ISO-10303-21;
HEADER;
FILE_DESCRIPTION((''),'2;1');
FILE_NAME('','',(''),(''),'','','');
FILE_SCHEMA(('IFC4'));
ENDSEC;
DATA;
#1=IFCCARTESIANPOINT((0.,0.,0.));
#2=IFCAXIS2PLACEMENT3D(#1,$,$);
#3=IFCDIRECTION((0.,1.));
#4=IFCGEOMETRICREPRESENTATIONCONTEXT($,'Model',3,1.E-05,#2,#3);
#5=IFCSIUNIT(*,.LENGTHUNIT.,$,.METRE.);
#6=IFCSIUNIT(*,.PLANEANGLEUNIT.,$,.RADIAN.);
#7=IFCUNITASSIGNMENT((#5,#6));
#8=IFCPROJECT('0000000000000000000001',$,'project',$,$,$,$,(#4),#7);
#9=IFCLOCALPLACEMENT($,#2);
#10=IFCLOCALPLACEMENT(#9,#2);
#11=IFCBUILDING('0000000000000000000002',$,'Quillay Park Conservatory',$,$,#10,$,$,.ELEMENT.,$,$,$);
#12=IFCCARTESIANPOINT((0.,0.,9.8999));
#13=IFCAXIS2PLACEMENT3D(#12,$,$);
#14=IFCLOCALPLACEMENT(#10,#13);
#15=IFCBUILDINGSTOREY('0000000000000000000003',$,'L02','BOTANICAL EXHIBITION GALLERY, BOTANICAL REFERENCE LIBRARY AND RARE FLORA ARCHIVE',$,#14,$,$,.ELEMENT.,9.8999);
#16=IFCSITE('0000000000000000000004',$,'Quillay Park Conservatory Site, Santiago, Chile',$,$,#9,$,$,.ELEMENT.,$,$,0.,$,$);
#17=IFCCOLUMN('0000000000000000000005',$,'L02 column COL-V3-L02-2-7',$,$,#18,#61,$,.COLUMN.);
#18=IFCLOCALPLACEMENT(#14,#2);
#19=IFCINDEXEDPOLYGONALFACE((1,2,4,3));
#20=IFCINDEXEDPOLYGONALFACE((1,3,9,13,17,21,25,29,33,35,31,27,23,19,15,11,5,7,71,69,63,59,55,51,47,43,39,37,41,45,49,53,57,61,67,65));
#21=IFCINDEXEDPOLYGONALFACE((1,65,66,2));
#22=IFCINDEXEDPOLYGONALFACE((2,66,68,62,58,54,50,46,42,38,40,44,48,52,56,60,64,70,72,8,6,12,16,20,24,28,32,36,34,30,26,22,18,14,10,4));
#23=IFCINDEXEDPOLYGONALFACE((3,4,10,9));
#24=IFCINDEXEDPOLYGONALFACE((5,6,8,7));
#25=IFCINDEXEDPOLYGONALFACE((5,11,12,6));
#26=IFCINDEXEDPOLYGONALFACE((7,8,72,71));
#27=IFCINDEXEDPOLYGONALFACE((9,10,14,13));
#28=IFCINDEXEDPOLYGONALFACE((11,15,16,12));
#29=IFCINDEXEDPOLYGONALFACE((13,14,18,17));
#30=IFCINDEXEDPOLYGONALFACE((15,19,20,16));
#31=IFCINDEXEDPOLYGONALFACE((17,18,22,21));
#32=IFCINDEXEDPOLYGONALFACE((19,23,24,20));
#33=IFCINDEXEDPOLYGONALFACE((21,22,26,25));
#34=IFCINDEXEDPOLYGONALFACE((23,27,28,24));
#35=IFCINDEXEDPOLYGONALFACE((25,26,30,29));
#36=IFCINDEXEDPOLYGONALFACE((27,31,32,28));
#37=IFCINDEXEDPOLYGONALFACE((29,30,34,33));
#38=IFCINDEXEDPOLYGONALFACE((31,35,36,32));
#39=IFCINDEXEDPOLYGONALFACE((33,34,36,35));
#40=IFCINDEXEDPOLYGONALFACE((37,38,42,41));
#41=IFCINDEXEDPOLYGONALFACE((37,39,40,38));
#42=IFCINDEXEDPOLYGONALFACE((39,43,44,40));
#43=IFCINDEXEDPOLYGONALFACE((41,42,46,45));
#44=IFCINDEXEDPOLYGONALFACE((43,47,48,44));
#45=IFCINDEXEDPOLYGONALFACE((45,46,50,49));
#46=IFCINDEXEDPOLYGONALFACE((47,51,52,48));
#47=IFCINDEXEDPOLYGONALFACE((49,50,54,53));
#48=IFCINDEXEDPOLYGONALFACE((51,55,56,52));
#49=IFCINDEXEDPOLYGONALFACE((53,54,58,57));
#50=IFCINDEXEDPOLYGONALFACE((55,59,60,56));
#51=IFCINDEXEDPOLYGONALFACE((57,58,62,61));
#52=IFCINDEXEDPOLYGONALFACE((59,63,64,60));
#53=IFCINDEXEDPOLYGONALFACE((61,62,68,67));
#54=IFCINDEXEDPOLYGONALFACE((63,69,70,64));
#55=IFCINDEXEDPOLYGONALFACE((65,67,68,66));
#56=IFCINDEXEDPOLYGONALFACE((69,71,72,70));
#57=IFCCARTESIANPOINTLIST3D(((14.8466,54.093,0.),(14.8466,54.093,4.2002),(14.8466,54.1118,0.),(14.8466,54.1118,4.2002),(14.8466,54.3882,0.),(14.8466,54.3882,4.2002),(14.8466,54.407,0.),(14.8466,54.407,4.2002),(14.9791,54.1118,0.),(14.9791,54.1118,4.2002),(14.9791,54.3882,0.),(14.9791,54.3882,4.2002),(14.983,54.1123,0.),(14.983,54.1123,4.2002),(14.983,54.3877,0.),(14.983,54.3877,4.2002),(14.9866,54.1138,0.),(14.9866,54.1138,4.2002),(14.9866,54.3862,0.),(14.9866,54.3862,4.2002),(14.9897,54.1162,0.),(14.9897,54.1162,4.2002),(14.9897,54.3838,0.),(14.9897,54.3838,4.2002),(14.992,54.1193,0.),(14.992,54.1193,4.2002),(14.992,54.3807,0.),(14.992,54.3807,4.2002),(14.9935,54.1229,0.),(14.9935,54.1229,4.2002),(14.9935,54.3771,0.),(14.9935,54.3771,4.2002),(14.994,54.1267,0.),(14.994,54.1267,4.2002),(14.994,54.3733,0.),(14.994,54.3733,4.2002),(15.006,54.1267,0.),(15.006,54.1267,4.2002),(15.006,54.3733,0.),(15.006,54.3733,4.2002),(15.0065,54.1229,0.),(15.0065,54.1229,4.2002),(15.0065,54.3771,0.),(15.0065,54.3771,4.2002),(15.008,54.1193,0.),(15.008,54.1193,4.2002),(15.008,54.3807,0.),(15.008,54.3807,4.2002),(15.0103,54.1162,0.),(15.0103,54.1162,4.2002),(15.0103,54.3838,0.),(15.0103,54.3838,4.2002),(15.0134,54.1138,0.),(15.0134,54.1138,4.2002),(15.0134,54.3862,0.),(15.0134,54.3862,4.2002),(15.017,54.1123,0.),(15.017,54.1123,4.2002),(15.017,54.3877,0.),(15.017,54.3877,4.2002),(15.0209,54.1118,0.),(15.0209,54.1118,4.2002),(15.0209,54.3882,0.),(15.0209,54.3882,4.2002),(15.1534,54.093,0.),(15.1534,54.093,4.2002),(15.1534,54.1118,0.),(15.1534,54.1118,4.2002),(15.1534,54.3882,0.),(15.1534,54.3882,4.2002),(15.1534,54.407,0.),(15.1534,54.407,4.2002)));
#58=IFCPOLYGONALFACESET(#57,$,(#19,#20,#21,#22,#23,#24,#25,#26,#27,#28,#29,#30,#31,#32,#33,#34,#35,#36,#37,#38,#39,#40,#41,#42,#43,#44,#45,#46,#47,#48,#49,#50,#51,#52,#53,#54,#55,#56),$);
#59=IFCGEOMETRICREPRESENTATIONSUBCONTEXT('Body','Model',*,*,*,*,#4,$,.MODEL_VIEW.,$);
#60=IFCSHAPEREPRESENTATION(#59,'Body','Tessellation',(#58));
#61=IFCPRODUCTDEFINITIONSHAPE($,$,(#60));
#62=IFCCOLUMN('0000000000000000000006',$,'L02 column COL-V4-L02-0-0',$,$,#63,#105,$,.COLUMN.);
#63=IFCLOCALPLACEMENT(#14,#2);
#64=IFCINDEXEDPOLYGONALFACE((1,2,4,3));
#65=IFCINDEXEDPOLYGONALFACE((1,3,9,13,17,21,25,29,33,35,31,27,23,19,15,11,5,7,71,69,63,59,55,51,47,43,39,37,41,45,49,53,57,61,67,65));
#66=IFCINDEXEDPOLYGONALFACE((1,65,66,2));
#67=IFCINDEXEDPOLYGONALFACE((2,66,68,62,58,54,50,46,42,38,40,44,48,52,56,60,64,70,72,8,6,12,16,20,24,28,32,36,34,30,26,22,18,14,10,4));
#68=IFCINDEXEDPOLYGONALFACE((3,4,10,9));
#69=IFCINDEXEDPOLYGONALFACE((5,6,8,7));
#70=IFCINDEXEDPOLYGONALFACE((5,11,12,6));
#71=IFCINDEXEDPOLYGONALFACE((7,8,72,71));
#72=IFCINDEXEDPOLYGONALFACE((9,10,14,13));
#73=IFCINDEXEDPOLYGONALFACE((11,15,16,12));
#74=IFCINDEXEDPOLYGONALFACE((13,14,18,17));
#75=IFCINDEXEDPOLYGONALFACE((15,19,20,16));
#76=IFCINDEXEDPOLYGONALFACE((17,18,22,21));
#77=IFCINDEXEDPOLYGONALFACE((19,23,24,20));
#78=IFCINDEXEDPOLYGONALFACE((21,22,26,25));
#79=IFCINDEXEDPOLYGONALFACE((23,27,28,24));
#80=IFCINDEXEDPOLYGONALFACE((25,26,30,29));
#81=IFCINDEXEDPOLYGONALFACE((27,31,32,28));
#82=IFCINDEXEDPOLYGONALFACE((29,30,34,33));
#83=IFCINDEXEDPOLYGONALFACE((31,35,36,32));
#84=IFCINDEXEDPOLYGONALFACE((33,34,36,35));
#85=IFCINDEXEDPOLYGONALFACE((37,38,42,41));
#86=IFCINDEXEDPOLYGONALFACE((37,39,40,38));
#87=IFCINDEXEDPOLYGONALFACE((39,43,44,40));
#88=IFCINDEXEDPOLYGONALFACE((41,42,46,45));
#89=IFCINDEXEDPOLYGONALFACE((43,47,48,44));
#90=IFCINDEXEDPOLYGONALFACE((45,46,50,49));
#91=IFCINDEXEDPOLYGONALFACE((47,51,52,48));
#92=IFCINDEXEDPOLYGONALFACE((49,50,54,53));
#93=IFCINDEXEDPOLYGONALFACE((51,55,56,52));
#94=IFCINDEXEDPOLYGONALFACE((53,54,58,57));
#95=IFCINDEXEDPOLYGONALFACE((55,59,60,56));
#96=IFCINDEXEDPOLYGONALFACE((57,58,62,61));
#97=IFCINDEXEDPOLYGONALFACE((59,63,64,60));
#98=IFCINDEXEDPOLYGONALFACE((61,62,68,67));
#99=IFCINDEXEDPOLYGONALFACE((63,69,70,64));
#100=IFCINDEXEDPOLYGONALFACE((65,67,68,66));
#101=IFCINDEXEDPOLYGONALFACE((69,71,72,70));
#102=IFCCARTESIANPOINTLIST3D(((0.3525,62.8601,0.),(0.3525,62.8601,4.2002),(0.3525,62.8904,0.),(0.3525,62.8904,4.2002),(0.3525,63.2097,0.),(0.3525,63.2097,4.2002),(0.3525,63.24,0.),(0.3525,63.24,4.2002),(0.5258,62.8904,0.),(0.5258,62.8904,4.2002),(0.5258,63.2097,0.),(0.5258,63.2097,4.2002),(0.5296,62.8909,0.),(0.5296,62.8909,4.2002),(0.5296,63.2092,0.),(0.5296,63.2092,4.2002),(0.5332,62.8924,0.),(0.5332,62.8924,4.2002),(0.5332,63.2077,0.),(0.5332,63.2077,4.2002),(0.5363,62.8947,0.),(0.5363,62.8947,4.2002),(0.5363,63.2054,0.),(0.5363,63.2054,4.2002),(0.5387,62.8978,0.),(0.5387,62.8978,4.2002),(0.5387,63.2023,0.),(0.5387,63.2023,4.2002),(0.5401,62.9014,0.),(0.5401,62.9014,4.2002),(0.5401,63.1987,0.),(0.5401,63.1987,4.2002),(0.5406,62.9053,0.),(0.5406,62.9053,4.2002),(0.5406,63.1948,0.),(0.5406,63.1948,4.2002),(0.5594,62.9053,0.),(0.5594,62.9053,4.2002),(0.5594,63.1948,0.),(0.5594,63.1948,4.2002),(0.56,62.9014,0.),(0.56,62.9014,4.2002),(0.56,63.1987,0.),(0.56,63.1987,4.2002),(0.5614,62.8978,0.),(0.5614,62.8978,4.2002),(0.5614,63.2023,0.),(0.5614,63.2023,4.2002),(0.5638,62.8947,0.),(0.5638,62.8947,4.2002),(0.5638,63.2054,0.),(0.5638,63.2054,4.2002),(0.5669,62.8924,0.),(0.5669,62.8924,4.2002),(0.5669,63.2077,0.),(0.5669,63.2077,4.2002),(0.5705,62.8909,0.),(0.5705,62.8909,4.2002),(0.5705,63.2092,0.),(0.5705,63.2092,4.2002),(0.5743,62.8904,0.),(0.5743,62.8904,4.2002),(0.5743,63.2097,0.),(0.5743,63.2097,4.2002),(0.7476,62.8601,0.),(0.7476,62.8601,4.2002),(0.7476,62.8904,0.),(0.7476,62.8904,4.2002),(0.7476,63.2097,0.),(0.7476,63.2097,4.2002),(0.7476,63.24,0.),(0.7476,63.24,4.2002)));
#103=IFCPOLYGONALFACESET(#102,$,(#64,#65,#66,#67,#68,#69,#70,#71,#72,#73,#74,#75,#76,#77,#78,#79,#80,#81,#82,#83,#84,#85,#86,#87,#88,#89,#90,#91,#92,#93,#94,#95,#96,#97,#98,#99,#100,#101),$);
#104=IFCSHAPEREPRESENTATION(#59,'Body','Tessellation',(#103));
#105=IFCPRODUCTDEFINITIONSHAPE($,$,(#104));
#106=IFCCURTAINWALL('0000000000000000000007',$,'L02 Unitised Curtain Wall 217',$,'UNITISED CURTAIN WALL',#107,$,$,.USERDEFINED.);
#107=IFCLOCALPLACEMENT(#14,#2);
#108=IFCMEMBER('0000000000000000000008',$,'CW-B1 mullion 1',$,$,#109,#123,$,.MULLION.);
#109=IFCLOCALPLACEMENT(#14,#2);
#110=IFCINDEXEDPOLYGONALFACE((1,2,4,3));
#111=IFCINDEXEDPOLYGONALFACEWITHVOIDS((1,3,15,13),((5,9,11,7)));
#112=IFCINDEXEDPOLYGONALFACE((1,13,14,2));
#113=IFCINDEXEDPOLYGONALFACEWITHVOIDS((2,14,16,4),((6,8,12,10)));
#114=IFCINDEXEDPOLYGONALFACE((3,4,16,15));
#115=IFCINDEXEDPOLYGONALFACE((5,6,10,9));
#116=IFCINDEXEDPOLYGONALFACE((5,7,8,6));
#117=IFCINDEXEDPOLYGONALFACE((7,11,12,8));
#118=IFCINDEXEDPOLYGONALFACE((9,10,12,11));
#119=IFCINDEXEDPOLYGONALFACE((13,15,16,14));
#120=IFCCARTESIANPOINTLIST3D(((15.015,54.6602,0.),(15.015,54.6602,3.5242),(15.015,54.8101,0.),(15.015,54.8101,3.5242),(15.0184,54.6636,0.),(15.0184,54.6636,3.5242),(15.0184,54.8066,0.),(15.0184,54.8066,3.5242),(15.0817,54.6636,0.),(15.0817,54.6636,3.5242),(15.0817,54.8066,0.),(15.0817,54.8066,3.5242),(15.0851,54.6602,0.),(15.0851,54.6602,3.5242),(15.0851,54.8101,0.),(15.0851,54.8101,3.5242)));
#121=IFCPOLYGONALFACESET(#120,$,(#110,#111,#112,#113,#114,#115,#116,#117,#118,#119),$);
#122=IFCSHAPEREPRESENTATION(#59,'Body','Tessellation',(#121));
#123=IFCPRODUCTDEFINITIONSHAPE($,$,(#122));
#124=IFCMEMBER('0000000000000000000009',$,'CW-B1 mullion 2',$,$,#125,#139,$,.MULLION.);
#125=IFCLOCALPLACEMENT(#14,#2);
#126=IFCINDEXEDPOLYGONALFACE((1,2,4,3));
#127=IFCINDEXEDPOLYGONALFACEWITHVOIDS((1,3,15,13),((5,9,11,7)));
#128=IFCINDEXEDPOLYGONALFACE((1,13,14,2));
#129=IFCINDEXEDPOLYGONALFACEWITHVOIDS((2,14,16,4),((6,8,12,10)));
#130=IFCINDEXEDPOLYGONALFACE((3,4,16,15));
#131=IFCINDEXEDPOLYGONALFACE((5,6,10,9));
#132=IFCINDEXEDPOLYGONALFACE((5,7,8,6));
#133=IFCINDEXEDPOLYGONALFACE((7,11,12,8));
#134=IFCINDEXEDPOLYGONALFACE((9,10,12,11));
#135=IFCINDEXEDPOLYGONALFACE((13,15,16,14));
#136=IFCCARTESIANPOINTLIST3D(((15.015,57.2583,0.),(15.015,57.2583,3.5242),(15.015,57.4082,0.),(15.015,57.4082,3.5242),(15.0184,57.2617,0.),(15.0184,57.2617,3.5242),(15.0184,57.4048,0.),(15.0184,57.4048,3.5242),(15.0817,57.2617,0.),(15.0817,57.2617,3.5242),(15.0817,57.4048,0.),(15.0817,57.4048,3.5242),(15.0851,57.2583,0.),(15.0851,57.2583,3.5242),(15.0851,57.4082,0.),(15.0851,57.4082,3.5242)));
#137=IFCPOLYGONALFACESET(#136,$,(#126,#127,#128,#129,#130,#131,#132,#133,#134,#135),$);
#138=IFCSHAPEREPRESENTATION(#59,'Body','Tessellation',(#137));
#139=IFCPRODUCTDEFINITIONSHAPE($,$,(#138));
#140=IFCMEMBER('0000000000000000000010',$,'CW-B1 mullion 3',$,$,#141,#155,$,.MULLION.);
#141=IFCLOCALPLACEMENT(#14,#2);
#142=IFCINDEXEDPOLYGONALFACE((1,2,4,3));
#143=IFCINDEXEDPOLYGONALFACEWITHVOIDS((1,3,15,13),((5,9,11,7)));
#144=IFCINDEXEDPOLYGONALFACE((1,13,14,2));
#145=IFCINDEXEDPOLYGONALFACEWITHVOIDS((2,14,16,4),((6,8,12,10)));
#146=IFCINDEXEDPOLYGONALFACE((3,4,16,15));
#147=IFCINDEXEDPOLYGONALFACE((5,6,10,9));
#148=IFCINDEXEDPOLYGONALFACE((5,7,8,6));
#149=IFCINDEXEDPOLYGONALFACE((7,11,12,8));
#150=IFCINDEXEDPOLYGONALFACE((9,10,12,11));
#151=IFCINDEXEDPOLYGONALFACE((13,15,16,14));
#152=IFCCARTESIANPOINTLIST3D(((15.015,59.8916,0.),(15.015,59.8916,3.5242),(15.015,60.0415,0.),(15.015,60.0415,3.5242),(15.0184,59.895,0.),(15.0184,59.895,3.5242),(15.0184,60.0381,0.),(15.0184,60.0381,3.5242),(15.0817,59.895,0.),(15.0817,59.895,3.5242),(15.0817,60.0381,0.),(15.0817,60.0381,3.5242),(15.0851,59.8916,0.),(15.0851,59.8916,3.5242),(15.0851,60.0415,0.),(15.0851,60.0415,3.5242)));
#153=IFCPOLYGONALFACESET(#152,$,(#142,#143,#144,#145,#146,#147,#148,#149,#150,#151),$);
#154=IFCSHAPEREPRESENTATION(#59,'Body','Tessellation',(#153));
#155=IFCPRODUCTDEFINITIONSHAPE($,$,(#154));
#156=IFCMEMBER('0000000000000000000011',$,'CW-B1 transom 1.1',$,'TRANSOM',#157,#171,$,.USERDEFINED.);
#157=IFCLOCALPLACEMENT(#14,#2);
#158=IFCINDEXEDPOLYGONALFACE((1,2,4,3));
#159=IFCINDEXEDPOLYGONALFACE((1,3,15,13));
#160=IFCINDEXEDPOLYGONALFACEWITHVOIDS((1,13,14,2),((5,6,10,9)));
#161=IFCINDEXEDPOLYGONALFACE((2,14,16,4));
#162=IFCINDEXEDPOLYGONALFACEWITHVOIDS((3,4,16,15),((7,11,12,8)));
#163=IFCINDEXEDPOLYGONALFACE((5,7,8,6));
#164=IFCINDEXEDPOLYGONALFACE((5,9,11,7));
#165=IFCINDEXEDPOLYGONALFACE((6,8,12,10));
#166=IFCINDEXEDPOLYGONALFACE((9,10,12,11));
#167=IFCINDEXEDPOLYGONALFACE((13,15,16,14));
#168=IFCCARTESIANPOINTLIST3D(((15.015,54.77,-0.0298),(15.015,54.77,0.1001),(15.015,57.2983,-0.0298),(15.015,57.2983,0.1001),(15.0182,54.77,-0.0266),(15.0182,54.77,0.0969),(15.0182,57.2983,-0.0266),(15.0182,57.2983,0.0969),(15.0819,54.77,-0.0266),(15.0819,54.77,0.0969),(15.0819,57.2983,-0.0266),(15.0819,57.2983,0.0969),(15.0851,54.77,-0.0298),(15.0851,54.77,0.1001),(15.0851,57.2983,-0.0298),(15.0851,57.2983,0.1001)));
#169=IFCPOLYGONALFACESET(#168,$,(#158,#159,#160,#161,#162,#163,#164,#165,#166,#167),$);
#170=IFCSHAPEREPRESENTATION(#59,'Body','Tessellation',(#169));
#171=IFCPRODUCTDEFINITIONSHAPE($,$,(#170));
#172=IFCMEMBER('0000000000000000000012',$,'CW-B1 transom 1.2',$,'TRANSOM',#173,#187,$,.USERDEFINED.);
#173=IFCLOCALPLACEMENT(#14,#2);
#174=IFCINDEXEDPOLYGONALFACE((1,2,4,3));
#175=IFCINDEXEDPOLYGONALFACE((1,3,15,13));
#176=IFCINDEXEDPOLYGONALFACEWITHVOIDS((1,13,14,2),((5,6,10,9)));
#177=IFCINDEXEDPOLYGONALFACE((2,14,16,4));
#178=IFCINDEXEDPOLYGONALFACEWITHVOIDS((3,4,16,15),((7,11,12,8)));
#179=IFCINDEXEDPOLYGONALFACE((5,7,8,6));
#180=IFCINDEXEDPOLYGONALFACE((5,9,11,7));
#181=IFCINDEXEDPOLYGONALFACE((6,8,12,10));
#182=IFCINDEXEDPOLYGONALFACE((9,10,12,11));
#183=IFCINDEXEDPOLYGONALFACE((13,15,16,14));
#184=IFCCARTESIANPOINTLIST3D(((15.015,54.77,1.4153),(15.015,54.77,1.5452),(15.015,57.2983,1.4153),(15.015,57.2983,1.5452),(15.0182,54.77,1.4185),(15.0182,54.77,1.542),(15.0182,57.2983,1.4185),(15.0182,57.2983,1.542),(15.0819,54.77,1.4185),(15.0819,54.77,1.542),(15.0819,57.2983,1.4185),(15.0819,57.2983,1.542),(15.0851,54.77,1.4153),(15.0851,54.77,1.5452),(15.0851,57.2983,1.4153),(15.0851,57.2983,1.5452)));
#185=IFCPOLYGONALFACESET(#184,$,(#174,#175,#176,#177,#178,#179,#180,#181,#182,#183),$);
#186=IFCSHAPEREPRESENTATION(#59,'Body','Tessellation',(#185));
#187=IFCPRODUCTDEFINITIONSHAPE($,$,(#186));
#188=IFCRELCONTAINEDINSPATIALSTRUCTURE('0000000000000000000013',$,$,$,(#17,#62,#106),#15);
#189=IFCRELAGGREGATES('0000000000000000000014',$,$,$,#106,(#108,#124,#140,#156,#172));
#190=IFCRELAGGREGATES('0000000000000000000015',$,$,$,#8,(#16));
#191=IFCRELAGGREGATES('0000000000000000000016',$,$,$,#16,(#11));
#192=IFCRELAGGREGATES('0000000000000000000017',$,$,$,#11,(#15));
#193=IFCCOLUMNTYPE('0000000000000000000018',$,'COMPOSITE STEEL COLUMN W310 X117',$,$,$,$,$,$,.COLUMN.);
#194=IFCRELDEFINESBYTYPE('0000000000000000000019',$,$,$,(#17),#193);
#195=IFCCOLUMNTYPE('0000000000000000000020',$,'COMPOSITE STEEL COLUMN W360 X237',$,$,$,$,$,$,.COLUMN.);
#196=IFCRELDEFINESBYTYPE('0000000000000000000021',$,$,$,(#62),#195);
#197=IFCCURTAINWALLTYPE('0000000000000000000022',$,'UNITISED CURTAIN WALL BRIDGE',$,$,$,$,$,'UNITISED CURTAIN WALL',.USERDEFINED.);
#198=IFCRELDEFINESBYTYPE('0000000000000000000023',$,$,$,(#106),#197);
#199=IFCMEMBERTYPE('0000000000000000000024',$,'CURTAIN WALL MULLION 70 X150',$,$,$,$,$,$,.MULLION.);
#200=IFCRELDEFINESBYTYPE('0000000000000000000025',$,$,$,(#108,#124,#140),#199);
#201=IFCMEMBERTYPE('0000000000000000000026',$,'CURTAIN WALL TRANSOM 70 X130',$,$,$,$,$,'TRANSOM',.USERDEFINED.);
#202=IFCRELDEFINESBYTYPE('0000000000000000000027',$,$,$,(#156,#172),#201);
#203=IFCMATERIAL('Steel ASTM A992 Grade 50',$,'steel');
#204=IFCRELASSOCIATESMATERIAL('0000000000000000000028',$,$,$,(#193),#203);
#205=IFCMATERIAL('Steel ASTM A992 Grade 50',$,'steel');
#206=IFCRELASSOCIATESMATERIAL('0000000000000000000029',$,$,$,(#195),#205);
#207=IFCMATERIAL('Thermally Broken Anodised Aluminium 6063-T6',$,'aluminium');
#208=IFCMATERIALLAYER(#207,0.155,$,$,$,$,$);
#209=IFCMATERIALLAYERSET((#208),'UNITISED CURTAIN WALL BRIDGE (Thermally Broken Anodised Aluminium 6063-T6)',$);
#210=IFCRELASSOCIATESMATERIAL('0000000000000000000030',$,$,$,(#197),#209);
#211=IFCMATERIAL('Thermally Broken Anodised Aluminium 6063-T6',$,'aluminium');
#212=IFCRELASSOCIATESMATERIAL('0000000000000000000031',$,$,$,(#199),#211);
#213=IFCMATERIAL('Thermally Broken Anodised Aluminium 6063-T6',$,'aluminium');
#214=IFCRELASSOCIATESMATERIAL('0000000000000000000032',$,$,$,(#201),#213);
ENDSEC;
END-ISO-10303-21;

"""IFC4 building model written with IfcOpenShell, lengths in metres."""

from ifc_helpers import new_model, si_unit, direction, frame, origin, origin_2d, place, context, subcontext, project, spatial, hollow_rectangle, i_section, extrude, material, layer, layer_set, material_profile, profile_set, type_object, element, aggregate, save


model = new_model("IFC4")

# Units and contexts
model_context = context("Model", 3, precision=1e-05, world=origin(), true_north=direction((0.0, 1.0)))
body_context = subcontext(model_context, "Body", "Model", "MODEL_VIEW")
ifc_project = project(units=[si_unit("LENGTHUNIT", "METRE"), si_unit("PLANEANGLEUNIT", "RADIAN")], contexts=[model_context])

# Site, building, storey
site_placement = place(None, origin())
site = spatial("IfcSite", under=ifc_project, at=site_placement, Name="Quillay Park Conservatory Site, Santiago, Chile", CompositionType="ELEMENT", RefElevation=0.0)
building_placement = place(site_placement, origin())
building = spatial("IfcBuilding", under=site, at=building_placement, Name="Quillay Park Conservatory", CompositionType="ELEMENT")
storey_placement = place(building_placement, frame((0.0, 0.0, 9.8999)))
storey = spatial("IfcBuildingStorey", under=building, at=storey_placement, Name="L02", Description="BOTANICAL EXHIBITION GALLERY, BOTANICAL REFERENCE LIBRARY AND RARE FLORA ARCHIVE", CompositionType="ELEMENT", Elevation=9.8999)

# Columns
ifc_material_1 = material(Name="Steel ASTM A992 Grade 50", Category="steel")
ifc_material_profile_1 = material_profile(ifc_material_1, i_section(OverallWidth=0.3069, OverallDepth=0.314, WebThickness=0.012, FlangeThickness=0.0188, FilletRadius=0.0149, at=origin_2d()), Name="W310x117")
ifc_profile_set_1 = profile_set([ifc_material_profile_1], Name="Steel ASTM A992 Grade 50")
column_type_1 = type_object("IfcColumnType", Name="COMPOSITE STEEL COLUMN W310 X117", PredefinedType="COLUMN", material=ifc_profile_set_1)
column_1_placement = place(storey_placement, frame((15.0, 54.25, 0.0), z_axis=(0.0, 0.0, 1.0), x_axis=(1.0, 0.0, 0.0)))
element("IfcColumn", 1, at=column_1_placement, inside=storey, type_object=column_type_1, Name="L02 column COL-V3-L02-2-7", PredefinedType="COLUMN", context=body_context, shape_type="SweptSolid", body=[
    extrude(i_section(OverallWidth=0.3069, OverallDepth=0.314, WebThickness=0.012, FlangeThickness=0.0188, FilletRadius=0.0149, at=origin_2d()), origin(), (0.0, 0.0, 1.0), 4.2002),
])
ifc_material_2 = material(Name="Steel ASTM A992 Grade 50", Category="steel")
ifc_material_profile_2 = material_profile(ifc_material_2, i_section(OverallWidth=0.395, OverallDepth=0.3799, WebThickness=0.0188, FlangeThickness=0.0303, FilletRadius=0.0149, at=origin_2d()), Name="W360x237")
ifc_profile_set_2 = profile_set([ifc_material_profile_2], Name="Steel ASTM A992 Grade 50")
column_type_2 = type_object("IfcColumnType", Name="COMPOSITE STEEL COLUMN W360 X237", PredefinedType="COLUMN", material=ifc_profile_set_2)
column_2_placement = place(storey_placement, frame((0.55, 63.05, 0.0), z_axis=(0.0, 0.0, 1.0), x_axis=(1.0, 0.0, 0.0)))
element("IfcColumn", 2, at=column_2_placement, inside=storey, type_object=column_type_2, Name="L02 column COL-V4-L02-0-0", PredefinedType="COLUMN", context=body_context, shape_type="SweptSolid", body=[
    extrude(i_section(OverallWidth=0.395, OverallDepth=0.3799, WebThickness=0.0188, FlangeThickness=0.0303, FilletRadius=0.0149, at=origin_2d()), origin(), (0.0, 0.0, 1.0), 4.2002),
])

# Curtain wall, members
ifc_material_3 = material(Name="Thermally Broken Anodised Aluminium 6063-T6", Category="aluminium")
ifc_layer_1 = layer(ifc_material_3, 0.155)
ifc_layer_set_1 = layer_set([ifc_layer_1], Name="UNITISED CURTAIN WALL BRIDGE (Thermally Broken Anodised Aluminium 6063-T6)")
curtain_wall_type = type_object("IfcCurtainWallType", Name="UNITISED CURTAIN WALL BRIDGE", ElementType="UNITISED CURTAIN WALL", PredefinedType="USERDEFINED", material=ifc_layer_set_1)
curtain_wall_placement = place(storey_placement, origin())
curtain_wall = element("IfcCurtainWall", 3, at=curtain_wall_placement, inside=storey, type_object=curtain_wall_type, Name="L02 Unitised Curtain Wall 217", ObjectType="UNITISED CURTAIN WALL", PredefinedType="USERDEFINED")
ifc_material_4 = material(Name="Thermally Broken Anodised Aluminium 6063-T6", Category="aluminium")
ifc_material_profile_3 = material_profile(ifc_material_4, hollow_rectangle(XDim=0.0701, YDim=0.1499, WallThickness=0.0034, at=origin_2d()), Name="AL70x150x3.5")
ifc_profile_set_3 = profile_set([ifc_material_profile_3], Name="Thermally Broken Anodised Aluminium 6063-T6")
member_type_1 = type_object("IfcMemberType", Name="CURTAIN WALL MULLION 70 X150", PredefinedType="MULLION", material=ifc_profile_set_3)
member_1_placement = place(storey_placement, frame((15.05, 54.7351, 0.0), z_axis=(0.0, 0.0, 1.0), x_axis=(-1.0, 0.0, 0.0)))
member_1 = element("IfcMember", 4, at=member_1_placement, type_object=member_type_1, Name="CW-B1 mullion 1", PredefinedType="MULLION", context=body_context, shape_type="SweptSolid", body=[
    extrude(hollow_rectangle(XDim=0.0701, YDim=0.1499, WallThickness=0.0034, at=origin_2d()), origin(), (0.0, 0.0, 1.0), 3.5242),
])
member_2_placement = place(storey_placement, frame((15.05, 57.3333, 0.0), z_axis=(0.0, 0.0, 1.0), x_axis=(-1.0, 0.0, 0.0)))
member_2 = element("IfcMember", 5, at=member_2_placement, type_object=member_type_1, Name="CW-B1 mullion 2", PredefinedType="MULLION", context=body_context, shape_type="SweptSolid", body=[
    extrude(hollow_rectangle(XDim=0.0701, YDim=0.1499, WallThickness=0.0034, at=origin_2d()), origin(), (0.0, 0.0, 1.0), 3.5242),
])
member_3_placement = place(storey_placement, frame((15.05, 59.9666, 0.0), z_axis=(0.0, 0.0, 1.0), x_axis=(-1.0, 0.0, 0.0)))
member_3 = element("IfcMember", 6, at=member_3_placement, type_object=member_type_1, Name="CW-B1 mullion 3", PredefinedType="MULLION", context=body_context, shape_type="SweptSolid", body=[
    extrude(hollow_rectangle(XDim=0.0701, YDim=0.1499, WallThickness=0.0034, at=origin_2d()), origin(), (0.0, 0.0, 1.0), 3.5242),
])
ifc_material_5 = material(Name="Thermally Broken Anodised Aluminium 6063-T6", Category="aluminium")
ifc_material_profile_4 = material_profile(ifc_material_5, hollow_rectangle(XDim=0.0701, YDim=0.1299, WallThickness=0.0032, at=origin_2d()), Name="AL70x130x3.2")
ifc_profile_set_4 = profile_set([ifc_material_profile_4], Name="Thermally Broken Anodised Aluminium 6063-T6")
member_type_2 = type_object("IfcMemberType", Name="CURTAIN WALL TRANSOM 70 X130", ElementType="TRANSOM", PredefinedType="USERDEFINED", material=ifc_profile_set_4)
member_4_placement = place(storey_placement, frame((15.05, 54.77, 0.0352), z_axis=(0.0, 1.0, 0.0), x_axis=(-1.0, 0.0, 0.0)))
member_4 = element("IfcMember", 7, at=member_4_placement, type_object=member_type_2, Name="CW-B1 transom 1.1", ObjectType="TRANSOM", PredefinedType="USERDEFINED", context=body_context, shape_type="SweptSolid", body=[
    extrude(hollow_rectangle(XDim=0.0701, YDim=0.1299, WallThickness=0.0032, at=origin_2d()), origin(), (0.0, 0.0, 1.0), 2.5283),
])
member_5_placement = place(storey_placement, frame((15.05, 54.77, 1.4802), z_axis=(0.0, 1.0, 0.0), x_axis=(-1.0, 0.0, 0.0)))
member_5 = element("IfcMember", 8, at=member_5_placement, type_object=member_type_2, Name="CW-B1 transom 1.2", ObjectType="TRANSOM", PredefinedType="USERDEFINED", context=body_context, shape_type="SweptSolid", body=[
    extrude(hollow_rectangle(XDim=0.0701, YDim=0.1299, WallThickness=0.0032, at=origin_2d()), origin(), (0.0, 0.0, 1.0), 2.5283),
])

aggregate(curtain_wall, [member_1, member_2, member_3, member_4, member_5])

save(model, "model.ifc")
